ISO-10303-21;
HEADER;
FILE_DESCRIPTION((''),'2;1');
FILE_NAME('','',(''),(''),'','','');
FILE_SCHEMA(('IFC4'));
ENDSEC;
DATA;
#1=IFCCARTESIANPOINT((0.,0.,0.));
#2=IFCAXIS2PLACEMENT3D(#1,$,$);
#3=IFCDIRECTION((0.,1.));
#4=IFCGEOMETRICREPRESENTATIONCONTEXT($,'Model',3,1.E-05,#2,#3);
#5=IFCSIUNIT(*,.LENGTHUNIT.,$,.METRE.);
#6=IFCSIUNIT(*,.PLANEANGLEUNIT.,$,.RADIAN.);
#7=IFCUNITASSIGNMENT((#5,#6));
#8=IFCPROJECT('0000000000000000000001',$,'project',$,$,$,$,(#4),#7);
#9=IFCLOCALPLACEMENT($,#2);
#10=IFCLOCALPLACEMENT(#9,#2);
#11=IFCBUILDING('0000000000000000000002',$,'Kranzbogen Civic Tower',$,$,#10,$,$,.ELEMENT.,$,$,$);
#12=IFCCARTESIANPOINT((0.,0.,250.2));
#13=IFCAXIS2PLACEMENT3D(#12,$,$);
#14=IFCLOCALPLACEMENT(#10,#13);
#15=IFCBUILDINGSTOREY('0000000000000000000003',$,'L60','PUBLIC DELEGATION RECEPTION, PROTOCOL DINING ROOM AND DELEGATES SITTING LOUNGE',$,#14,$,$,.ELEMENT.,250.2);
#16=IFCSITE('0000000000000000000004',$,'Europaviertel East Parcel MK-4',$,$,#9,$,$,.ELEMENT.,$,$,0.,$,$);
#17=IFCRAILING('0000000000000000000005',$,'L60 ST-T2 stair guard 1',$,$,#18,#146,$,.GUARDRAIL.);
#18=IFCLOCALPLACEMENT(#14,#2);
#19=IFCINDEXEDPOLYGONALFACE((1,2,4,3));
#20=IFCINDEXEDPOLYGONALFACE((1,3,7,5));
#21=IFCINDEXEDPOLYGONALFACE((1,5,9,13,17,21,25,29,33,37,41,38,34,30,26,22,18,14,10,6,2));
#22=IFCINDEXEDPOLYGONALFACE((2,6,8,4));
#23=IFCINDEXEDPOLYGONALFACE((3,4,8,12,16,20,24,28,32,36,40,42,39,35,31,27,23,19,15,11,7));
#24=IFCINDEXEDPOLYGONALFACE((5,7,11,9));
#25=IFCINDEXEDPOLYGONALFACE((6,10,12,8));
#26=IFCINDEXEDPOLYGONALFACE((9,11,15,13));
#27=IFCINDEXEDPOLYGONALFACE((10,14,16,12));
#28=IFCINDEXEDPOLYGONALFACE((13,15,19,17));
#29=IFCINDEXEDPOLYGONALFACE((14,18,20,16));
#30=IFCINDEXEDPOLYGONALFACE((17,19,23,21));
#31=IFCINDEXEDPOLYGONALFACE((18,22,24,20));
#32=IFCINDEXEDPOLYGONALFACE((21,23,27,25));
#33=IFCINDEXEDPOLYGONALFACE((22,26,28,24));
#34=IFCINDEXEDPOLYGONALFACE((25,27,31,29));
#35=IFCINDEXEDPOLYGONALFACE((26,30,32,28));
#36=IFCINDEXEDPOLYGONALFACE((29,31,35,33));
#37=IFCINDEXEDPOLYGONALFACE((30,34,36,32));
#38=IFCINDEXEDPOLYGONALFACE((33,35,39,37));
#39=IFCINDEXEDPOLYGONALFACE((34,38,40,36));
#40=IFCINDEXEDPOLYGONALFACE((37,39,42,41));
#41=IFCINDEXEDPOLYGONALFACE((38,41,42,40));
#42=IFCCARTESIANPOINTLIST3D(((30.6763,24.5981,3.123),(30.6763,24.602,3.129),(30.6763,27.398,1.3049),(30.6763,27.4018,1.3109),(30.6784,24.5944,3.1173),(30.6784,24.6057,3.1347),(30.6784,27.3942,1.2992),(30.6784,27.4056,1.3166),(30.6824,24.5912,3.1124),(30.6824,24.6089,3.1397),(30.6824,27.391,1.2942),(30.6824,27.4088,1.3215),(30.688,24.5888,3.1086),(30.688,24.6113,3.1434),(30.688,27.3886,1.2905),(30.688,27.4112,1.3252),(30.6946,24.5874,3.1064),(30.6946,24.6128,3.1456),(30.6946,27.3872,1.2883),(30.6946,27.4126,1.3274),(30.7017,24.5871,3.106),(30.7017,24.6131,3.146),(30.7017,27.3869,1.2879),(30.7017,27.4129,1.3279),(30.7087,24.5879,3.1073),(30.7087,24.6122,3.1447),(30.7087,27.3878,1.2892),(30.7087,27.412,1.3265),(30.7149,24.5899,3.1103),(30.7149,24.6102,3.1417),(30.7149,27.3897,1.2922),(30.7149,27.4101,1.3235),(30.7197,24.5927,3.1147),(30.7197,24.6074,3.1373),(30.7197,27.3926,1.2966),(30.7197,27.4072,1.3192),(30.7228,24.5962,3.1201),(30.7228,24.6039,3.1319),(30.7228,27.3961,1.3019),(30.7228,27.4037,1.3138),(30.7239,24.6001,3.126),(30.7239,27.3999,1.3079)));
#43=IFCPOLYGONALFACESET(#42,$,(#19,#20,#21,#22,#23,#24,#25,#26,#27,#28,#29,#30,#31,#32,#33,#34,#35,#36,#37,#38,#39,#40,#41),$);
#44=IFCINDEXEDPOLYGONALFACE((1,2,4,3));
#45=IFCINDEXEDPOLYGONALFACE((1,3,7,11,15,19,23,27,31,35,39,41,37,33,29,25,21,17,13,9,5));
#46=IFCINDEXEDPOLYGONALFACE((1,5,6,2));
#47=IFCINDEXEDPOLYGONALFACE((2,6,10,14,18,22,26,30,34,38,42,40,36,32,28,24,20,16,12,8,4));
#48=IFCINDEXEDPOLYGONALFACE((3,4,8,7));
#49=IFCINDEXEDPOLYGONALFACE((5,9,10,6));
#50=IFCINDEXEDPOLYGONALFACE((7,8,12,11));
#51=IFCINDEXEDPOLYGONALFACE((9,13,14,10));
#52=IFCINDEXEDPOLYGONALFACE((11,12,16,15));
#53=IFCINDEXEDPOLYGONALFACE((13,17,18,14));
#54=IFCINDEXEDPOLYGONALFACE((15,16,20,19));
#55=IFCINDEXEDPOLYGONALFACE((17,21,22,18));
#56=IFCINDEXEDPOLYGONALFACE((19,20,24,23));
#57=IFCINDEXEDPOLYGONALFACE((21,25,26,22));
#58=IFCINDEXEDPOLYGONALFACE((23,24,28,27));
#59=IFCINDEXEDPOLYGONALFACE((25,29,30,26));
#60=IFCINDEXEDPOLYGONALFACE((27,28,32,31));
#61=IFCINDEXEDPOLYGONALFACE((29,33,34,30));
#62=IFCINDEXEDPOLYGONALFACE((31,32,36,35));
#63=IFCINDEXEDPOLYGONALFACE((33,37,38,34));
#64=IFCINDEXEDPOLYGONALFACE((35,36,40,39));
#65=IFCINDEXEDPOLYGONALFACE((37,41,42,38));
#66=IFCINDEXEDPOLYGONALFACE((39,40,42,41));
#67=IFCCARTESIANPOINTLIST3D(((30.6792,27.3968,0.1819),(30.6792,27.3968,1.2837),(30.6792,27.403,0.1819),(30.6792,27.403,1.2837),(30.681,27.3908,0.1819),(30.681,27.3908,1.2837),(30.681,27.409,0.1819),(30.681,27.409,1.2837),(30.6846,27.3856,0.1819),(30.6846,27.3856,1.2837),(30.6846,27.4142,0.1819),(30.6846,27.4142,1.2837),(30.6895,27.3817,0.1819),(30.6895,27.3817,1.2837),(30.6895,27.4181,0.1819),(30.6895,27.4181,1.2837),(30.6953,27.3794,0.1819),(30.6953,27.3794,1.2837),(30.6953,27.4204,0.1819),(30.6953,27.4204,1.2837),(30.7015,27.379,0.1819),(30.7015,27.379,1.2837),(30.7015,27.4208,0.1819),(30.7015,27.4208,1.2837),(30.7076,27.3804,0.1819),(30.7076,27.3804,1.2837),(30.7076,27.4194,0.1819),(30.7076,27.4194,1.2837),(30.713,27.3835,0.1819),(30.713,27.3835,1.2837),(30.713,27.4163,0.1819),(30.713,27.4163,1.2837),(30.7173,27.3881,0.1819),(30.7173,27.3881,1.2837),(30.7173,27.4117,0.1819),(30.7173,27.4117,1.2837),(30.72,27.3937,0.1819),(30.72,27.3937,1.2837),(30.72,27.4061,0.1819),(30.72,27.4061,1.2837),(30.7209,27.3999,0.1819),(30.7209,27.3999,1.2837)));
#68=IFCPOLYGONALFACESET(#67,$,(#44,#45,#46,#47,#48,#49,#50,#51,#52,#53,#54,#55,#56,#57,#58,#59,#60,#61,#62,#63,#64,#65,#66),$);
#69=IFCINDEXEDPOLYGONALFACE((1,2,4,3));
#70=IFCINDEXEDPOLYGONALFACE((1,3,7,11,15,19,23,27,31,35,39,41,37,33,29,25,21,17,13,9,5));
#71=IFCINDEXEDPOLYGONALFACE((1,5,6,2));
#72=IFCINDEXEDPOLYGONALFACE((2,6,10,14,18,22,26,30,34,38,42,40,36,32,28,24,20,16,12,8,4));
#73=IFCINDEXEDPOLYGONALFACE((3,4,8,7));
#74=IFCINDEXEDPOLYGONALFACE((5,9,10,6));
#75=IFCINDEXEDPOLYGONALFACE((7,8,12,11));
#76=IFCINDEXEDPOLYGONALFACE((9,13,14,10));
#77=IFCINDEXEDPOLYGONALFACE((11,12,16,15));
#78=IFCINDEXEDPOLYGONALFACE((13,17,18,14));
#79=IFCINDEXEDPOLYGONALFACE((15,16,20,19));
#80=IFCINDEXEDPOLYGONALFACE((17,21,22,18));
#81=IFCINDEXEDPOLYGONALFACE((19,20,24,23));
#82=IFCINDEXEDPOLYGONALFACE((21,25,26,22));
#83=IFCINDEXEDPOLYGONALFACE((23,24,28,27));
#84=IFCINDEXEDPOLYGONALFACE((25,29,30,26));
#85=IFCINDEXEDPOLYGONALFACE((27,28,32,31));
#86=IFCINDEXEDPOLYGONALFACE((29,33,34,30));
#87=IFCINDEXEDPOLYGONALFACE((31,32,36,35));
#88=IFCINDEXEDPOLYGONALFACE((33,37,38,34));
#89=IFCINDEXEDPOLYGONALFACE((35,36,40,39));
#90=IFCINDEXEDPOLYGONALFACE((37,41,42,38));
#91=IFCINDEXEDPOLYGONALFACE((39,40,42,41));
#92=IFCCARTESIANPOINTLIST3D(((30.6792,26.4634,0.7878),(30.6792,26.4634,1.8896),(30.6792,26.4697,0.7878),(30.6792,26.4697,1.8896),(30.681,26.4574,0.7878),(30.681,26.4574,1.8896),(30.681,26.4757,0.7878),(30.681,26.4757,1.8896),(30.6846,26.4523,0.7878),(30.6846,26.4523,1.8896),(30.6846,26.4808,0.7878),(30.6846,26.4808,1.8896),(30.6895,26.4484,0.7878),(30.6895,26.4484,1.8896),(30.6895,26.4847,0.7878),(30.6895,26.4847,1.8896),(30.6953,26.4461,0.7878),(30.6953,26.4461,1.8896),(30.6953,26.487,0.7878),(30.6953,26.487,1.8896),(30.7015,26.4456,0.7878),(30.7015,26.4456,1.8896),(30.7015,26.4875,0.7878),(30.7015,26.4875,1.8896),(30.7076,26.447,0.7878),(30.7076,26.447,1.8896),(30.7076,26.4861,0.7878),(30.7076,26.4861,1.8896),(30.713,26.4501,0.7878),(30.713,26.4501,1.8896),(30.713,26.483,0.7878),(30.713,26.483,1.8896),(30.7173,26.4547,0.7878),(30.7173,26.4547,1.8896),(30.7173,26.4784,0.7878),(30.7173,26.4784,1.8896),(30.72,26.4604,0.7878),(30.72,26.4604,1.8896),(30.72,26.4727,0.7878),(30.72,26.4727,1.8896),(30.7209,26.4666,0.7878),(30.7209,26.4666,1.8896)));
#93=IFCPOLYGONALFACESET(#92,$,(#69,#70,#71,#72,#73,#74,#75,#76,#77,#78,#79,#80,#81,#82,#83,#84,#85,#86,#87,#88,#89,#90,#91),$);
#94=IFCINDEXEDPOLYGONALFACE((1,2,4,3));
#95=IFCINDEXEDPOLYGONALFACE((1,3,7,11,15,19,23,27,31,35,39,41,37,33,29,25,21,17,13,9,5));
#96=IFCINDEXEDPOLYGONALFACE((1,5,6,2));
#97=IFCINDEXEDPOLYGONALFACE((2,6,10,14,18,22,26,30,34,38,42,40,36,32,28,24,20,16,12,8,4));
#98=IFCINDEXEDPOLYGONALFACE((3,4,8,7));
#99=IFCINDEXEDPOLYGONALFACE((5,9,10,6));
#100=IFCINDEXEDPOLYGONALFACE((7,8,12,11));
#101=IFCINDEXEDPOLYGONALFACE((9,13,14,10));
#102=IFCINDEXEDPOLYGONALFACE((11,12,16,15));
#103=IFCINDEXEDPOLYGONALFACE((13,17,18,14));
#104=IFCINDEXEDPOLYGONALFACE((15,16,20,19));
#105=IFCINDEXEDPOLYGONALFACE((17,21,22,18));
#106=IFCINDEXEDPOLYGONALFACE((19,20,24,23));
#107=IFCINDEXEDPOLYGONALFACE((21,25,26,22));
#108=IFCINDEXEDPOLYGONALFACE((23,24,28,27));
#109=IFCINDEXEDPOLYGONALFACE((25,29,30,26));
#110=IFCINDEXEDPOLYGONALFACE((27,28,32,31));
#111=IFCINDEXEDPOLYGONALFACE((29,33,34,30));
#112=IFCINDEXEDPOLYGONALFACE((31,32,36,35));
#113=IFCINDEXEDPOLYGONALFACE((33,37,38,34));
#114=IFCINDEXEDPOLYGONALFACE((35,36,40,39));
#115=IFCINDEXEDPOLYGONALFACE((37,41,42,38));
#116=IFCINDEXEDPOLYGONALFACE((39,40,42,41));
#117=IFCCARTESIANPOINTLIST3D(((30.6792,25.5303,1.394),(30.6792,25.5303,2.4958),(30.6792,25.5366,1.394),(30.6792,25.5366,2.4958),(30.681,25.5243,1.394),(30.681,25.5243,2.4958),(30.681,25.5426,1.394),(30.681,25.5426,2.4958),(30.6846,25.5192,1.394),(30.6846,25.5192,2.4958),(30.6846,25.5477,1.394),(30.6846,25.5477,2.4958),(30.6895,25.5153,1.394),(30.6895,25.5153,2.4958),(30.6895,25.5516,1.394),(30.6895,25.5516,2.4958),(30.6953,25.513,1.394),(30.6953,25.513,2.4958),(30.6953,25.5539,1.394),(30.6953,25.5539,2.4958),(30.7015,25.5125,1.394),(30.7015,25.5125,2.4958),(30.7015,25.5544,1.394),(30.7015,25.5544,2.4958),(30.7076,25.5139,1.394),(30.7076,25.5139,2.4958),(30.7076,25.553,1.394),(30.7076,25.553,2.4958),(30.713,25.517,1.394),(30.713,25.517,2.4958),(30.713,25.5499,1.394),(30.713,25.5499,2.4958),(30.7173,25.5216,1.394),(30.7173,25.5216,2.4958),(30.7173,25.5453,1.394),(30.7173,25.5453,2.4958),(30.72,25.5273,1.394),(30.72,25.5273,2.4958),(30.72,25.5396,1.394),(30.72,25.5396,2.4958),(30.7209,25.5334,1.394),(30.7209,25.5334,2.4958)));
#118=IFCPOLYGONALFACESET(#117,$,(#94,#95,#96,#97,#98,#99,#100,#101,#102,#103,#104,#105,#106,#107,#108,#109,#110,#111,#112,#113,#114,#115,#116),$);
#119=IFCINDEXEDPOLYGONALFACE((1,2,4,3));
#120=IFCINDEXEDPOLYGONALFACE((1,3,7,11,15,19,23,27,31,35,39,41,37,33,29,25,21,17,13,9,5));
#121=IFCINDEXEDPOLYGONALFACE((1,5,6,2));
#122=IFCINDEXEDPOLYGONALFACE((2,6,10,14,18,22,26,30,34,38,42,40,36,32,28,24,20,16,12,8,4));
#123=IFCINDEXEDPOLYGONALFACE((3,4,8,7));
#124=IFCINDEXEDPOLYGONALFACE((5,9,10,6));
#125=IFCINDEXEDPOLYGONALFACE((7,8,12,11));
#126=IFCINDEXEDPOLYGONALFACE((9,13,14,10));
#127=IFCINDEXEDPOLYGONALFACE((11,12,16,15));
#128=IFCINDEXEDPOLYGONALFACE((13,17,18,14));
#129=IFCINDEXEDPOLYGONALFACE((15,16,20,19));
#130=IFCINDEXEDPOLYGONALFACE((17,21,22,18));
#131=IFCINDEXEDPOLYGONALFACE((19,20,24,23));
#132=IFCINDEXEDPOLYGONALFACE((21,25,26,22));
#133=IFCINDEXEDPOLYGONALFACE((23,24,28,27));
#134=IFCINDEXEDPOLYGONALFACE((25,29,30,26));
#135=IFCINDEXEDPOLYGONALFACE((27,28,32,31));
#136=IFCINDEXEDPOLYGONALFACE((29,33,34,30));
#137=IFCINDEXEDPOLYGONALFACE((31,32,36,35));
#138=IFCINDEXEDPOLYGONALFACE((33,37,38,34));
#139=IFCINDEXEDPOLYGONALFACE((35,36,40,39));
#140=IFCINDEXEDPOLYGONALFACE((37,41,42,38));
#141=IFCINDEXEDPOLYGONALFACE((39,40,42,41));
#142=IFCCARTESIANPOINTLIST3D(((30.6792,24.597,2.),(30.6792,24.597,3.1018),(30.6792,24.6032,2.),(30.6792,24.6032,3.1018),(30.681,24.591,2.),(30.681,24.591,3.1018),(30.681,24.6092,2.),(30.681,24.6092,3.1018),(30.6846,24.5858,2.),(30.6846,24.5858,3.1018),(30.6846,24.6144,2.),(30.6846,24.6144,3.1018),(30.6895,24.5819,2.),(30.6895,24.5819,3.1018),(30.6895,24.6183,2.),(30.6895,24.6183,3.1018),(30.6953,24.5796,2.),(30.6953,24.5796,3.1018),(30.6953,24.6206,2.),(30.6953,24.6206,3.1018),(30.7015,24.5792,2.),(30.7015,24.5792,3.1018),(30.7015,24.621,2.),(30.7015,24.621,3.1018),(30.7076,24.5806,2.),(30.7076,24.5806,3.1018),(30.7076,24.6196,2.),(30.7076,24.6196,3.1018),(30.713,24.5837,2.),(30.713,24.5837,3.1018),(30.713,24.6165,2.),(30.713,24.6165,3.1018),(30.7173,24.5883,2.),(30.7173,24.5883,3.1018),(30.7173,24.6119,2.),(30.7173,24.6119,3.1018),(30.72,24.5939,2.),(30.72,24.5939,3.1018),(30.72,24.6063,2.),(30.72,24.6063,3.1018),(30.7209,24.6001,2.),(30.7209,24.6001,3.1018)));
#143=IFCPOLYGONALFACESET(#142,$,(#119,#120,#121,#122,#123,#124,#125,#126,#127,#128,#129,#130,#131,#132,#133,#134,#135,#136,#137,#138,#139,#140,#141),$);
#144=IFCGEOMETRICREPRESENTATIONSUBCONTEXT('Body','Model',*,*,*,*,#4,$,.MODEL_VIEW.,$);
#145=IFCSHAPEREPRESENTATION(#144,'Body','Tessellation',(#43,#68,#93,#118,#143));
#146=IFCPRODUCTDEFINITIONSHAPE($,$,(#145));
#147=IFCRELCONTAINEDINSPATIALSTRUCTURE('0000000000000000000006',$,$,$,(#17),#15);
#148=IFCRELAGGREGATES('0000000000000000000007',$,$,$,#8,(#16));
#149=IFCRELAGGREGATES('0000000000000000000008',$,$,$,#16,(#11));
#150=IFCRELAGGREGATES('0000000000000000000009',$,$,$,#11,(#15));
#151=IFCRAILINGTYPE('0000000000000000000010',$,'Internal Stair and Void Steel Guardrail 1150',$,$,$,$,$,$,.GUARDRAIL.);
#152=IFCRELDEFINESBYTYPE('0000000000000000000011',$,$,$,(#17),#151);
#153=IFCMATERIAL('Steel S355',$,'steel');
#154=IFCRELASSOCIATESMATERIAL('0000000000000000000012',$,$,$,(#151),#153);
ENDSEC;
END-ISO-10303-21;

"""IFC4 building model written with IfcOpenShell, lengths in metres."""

from ifc_helpers import new_model, si_unit, direction, frame, origin, origin_2d, place, context, subcontext, project, spatial, circle, extrude, material, type_object, element, save


model = new_model("IFC4")

# Units and contexts
model_context = context("Model", 3, precision=1e-05, world=origin(), true_north=direction((0.0, 1.0)))
body_context = subcontext(model_context, "Body", "Model", "MODEL_VIEW")
ifc_project = project(units=[si_unit("LENGTHUNIT", "METRE"), si_unit("PLANEANGLEUNIT", "RADIAN")], contexts=[model_context])

# Site, building, storey
site_placement = place(None, origin())
site = spatial("IfcSite", under=ifc_project, at=site_placement, Name="Europaviertel East Parcel MK-4", CompositionType="ELEMENT", RefElevation=0.0)
building_placement = place(site_placement, origin())
building = spatial("IfcBuilding", under=site, at=building_placement, Name="Kranzbogen Civic Tower", CompositionType="ELEMENT")
storey_placement = place(building_placement, frame((0.0, 0.0, 250.2)))
storey = spatial("IfcBuildingStorey", under=building, at=storey_placement, Name="L60", Description="PUBLIC DELEGATION RECEPTION, PROTOCOL DINING ROOM AND DELEGATES SITTING LOUNGE", CompositionType="ELEMENT", Elevation=250.2)

# Shared definitions
ifc_material_1 = material(Name="Steel S355", Category="steel")

# Railing
railing_type_1 = type_object("IfcRailingType", Name="Internal Stair and Void Steel Guardrail 1150", PredefinedType="GUARDRAIL", material=ifc_material_1)
railing_1_placement = place(storey_placement, frame((30.7, 27.3999, 0.1819)))
element("IfcRailing", 1, at=railing_1_placement, inside=storey, type_object=railing_type_1, Name="L60 ST-T2 stair guard 1", PredefinedType="GUARDRAIL", context=body_context, shape_type="SweptSolid", body=[
    extrude(circle(Radius=0.0239, at=origin_2d()), frame((0.0, 0.0, 1.126), z_axis=(0.0, -0.838684, 0.544618), x_axis=(1.0, 0.0, 0.0)), (0.0, 0.0, 1.0), 3.3384),
    extrude(circle(Radius=0.021, at=origin_2d()), origin(), (0.0, 0.0, 1.0), 1.1018),
    extrude(circle(Radius=0.021, at=origin_2d()), frame((0.0, -0.9333, 0.606)), (0.0, 0.0, 1.0), 1.1018),
    extrude(circle(Radius=0.021, at=origin_2d()), frame((0.0, -1.8665, 1.2122)), (0.0, 0.0, 1.0), 1.1018),
    extrude(circle(Radius=0.021, at=origin_2d()), frame((0.0, -2.7998, 1.8181)), (0.0, 0.0, 1.0), 1.1018),
])

save(model, "model.ifc")
